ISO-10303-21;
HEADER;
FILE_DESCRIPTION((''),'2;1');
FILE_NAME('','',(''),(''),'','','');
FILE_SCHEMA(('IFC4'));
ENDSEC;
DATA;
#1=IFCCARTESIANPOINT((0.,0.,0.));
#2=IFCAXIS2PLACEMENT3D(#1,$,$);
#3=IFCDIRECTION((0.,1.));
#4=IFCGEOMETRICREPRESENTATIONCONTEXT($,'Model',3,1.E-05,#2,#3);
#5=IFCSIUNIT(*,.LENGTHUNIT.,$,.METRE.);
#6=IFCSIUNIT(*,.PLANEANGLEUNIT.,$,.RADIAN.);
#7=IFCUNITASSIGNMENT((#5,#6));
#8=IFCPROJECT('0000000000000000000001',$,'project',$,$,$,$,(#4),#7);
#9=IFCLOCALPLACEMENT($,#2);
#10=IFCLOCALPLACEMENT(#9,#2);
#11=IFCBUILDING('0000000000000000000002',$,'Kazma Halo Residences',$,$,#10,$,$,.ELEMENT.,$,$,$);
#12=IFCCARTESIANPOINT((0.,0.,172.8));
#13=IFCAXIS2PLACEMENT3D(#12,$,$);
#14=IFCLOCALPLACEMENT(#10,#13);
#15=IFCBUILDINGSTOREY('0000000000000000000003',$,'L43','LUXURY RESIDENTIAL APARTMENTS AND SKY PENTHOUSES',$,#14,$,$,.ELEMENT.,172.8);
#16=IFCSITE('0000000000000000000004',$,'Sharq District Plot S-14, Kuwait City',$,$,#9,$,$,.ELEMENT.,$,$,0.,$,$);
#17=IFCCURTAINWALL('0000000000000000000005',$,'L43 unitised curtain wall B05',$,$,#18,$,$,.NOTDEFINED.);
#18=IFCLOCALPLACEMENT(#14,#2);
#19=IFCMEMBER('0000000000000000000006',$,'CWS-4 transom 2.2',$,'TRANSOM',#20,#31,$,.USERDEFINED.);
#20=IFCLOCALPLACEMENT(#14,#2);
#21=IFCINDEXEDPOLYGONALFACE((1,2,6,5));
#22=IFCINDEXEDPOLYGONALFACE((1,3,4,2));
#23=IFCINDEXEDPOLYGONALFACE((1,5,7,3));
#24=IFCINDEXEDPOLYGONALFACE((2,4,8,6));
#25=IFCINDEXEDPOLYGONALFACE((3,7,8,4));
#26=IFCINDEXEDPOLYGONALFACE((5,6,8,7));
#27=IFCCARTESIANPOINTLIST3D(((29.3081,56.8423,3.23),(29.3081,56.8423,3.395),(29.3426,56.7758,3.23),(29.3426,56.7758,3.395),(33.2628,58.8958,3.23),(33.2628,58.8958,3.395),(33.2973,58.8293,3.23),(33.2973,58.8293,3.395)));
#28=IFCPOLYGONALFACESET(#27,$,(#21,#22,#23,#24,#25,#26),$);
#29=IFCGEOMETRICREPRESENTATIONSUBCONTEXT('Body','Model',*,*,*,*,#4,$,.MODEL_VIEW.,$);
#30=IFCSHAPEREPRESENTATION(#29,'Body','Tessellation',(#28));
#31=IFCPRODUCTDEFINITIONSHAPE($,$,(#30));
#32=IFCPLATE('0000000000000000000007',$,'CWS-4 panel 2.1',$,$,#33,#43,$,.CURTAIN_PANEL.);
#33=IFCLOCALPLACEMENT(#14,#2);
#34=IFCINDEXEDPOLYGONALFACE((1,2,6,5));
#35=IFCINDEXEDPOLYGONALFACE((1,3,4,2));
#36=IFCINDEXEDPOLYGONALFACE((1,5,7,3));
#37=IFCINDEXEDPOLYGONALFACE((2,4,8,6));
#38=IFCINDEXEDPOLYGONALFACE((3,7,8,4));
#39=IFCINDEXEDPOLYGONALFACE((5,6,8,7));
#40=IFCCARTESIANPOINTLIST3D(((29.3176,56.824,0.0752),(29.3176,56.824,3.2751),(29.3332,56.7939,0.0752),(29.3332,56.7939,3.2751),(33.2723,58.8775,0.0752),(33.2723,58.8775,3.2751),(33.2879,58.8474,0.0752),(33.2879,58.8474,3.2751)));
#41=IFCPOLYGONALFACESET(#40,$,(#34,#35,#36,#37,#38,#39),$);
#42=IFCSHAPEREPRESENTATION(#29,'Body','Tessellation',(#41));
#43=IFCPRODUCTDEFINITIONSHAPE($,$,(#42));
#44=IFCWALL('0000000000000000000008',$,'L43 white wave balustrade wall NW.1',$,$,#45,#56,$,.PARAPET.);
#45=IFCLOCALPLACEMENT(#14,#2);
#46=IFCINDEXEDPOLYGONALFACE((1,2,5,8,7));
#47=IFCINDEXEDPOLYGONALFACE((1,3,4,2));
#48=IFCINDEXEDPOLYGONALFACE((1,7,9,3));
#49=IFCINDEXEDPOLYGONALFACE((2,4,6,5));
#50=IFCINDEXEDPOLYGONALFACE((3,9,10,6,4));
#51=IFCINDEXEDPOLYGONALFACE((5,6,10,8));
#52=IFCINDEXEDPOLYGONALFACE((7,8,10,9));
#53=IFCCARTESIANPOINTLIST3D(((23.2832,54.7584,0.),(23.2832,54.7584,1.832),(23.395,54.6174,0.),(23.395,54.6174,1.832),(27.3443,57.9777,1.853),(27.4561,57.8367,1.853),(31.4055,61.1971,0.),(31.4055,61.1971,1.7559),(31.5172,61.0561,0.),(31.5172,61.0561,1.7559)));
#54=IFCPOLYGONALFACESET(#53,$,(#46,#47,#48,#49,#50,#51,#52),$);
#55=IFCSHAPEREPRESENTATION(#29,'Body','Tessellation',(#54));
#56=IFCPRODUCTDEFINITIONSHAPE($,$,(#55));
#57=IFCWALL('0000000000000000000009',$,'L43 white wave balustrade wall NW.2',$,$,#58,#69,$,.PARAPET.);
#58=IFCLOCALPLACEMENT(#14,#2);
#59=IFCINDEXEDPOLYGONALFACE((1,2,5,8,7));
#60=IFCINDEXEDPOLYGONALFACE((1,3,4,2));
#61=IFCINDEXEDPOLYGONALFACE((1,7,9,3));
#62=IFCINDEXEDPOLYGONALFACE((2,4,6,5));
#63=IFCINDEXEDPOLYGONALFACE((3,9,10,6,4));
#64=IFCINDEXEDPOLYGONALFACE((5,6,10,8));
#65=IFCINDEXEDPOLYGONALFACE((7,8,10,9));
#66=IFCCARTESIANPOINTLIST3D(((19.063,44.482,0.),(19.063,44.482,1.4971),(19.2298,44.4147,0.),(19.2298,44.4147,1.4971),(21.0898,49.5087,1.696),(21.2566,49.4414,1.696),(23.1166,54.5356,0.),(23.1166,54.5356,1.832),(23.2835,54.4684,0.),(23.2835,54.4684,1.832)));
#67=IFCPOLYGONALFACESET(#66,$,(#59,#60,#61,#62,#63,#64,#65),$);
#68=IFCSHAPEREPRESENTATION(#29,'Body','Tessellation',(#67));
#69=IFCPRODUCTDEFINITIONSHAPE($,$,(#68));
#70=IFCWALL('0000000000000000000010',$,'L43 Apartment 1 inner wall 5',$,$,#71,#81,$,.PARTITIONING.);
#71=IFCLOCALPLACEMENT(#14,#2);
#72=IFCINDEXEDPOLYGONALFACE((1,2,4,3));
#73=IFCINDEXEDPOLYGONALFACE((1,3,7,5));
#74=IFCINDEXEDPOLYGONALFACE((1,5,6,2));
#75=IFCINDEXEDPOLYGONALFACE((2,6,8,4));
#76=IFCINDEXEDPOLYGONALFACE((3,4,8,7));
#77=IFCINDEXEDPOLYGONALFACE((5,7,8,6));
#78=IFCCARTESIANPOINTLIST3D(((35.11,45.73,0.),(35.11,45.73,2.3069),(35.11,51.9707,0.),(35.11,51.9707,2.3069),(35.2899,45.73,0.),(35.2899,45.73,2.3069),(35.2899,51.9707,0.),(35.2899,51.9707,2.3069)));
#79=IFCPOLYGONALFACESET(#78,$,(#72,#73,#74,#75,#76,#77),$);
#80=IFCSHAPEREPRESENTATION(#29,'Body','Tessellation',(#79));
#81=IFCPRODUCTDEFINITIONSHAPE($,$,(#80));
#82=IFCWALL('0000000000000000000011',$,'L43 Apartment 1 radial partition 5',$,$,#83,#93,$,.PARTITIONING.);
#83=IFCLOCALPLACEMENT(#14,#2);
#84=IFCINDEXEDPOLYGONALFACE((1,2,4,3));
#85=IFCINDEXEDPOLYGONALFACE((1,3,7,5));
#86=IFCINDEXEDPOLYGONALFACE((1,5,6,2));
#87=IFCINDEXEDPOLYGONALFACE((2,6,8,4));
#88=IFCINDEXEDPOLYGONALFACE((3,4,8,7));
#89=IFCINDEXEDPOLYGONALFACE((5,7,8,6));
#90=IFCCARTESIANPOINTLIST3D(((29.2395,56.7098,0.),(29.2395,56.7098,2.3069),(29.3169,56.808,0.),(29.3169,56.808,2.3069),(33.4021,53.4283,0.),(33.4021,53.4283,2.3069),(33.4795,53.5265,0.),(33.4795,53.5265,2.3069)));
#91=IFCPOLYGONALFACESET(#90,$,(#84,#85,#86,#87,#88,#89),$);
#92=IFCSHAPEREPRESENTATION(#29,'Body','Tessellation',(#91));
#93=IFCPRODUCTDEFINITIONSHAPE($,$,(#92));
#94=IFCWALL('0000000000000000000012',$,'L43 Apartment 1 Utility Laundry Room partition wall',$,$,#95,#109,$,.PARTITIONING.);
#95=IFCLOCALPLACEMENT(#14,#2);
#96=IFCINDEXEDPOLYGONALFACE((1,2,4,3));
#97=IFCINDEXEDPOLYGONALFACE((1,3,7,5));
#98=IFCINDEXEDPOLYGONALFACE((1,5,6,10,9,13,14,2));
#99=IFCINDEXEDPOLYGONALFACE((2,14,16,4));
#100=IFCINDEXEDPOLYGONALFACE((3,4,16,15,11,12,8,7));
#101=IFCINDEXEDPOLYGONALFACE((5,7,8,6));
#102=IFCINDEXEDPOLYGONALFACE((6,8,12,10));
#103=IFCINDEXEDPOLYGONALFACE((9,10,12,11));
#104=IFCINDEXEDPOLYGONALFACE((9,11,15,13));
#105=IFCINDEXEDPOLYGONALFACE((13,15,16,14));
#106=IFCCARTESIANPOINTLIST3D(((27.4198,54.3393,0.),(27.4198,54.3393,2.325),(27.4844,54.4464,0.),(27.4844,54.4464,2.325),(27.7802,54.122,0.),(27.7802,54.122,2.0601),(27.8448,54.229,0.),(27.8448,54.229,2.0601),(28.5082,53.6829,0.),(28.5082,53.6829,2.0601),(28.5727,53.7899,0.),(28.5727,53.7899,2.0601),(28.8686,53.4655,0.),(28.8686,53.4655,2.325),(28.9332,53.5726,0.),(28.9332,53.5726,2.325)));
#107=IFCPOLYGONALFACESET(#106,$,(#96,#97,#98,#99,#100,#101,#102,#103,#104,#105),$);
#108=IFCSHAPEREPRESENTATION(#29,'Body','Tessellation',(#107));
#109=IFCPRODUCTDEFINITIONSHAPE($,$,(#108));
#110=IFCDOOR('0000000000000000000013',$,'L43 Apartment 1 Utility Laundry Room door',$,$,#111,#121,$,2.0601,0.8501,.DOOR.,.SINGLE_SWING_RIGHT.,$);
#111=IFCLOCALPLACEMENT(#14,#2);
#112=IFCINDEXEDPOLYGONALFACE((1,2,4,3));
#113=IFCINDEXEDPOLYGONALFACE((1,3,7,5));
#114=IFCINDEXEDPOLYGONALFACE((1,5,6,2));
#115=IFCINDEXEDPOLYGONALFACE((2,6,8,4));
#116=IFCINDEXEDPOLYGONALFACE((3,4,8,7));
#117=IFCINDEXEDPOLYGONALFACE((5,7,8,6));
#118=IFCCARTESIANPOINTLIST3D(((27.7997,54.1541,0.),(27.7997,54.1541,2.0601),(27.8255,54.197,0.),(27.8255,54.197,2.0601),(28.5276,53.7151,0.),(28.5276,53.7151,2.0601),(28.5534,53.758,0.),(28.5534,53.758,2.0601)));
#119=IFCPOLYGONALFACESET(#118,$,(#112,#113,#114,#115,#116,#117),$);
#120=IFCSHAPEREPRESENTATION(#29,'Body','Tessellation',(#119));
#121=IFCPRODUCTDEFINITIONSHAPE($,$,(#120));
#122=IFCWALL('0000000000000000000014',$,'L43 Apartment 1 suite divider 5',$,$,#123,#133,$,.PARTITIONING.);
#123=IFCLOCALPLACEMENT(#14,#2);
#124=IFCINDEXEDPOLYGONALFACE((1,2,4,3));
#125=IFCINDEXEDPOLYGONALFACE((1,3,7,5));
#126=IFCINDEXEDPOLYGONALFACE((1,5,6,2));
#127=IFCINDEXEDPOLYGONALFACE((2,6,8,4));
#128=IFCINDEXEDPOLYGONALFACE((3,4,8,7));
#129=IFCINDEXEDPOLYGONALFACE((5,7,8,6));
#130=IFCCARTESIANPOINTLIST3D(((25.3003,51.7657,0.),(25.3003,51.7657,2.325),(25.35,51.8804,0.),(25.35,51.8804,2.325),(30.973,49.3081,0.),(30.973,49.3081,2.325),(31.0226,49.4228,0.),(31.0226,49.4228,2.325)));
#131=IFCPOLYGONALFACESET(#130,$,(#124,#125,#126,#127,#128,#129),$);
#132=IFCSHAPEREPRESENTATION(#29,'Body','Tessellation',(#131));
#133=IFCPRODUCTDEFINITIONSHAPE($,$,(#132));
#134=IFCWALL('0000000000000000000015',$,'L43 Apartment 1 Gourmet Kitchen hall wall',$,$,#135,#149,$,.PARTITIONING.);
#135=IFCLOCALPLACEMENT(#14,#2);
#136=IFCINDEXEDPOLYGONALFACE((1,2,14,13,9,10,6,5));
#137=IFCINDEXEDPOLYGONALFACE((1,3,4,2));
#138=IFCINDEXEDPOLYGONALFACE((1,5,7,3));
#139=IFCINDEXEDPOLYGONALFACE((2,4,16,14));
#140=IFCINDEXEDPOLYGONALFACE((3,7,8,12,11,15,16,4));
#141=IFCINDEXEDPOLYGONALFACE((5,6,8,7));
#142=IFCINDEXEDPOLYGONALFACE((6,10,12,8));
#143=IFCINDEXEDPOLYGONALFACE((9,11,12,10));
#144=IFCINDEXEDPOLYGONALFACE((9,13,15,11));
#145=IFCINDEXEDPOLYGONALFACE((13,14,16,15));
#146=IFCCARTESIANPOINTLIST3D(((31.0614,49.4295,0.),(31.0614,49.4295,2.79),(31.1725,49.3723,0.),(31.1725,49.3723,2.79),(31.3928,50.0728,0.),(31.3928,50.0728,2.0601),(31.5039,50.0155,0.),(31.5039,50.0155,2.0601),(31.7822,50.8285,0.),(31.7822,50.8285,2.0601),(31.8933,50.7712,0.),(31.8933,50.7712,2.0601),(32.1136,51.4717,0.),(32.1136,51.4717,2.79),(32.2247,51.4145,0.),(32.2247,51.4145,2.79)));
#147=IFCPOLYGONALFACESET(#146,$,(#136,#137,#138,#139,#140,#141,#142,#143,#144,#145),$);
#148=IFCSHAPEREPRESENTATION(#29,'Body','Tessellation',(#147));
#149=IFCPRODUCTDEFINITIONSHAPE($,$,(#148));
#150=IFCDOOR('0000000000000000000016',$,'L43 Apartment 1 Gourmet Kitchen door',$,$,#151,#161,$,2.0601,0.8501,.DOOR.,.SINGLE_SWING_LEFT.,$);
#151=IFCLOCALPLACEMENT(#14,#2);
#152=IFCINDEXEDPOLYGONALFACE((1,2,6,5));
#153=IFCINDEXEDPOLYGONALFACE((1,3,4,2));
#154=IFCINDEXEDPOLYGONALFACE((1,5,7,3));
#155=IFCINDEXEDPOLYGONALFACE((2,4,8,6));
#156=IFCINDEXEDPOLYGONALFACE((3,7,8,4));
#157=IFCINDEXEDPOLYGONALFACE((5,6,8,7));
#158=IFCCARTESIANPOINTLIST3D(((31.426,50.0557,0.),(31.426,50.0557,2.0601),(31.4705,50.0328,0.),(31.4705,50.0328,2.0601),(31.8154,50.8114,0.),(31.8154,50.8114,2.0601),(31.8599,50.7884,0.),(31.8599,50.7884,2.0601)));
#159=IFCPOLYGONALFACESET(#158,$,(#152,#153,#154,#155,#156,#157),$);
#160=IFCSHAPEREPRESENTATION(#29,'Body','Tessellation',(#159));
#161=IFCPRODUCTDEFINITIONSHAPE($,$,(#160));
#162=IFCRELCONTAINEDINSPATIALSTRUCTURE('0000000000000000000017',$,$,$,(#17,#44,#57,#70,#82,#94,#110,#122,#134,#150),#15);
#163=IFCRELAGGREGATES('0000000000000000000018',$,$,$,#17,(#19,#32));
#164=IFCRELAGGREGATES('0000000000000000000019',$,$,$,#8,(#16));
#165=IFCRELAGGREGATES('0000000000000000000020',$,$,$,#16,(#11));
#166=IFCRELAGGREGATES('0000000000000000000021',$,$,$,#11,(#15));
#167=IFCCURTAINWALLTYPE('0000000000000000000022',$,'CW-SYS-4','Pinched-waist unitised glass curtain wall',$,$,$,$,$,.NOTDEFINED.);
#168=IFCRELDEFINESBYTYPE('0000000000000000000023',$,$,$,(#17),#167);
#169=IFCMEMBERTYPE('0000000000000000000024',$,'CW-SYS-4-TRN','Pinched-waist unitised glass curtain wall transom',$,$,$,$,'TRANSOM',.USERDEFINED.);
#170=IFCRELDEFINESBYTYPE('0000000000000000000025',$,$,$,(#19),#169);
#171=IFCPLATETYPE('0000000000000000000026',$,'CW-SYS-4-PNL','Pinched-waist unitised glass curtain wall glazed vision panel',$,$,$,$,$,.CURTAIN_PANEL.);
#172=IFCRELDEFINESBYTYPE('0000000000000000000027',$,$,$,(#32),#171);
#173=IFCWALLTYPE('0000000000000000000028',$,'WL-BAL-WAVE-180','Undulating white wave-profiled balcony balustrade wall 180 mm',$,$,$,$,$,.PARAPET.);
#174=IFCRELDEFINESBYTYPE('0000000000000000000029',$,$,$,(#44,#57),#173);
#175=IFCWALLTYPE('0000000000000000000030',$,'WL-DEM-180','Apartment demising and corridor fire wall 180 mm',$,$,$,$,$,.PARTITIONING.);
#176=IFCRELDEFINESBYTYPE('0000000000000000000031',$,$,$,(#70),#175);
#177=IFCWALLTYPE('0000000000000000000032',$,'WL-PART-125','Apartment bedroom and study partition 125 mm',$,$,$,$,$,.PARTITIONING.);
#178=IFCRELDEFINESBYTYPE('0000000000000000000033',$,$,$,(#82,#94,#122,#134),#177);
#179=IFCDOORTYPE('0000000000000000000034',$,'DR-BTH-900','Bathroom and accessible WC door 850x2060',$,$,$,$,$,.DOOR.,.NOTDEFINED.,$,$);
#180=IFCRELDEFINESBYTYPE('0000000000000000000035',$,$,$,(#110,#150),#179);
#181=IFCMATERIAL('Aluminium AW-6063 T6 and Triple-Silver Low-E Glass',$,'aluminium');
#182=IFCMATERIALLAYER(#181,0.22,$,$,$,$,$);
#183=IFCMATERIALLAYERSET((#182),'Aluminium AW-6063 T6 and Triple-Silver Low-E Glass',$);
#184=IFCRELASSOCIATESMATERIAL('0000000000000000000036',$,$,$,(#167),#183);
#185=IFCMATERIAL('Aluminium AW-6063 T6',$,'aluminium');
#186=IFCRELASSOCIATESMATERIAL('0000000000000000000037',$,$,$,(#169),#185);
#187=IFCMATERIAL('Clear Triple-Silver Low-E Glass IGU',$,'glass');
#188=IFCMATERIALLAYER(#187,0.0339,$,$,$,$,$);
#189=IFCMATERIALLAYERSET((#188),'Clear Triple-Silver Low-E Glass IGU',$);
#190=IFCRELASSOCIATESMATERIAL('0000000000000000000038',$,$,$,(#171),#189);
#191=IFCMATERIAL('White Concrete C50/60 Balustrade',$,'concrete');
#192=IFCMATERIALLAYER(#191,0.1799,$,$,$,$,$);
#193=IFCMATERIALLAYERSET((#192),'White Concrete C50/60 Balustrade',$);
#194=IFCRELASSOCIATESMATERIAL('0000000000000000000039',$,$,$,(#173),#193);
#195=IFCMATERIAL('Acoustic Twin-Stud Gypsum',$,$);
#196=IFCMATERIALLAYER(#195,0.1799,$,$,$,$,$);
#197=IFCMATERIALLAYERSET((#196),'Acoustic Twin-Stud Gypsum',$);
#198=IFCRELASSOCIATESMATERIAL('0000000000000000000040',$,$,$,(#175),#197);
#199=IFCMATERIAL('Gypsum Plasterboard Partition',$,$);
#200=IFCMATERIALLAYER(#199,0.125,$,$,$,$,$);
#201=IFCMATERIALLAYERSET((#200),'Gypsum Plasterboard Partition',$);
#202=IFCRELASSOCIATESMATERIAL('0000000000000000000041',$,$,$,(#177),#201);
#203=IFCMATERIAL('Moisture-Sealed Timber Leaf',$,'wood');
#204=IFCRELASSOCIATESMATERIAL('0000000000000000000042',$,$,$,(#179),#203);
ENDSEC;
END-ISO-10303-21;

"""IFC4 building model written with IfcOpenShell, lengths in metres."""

from ifc_helpers import new_model, si_unit, direction, frame, frame_2d, origin, origin_2d, place, context, subcontext, project, spatial, polyline, rectangle, outline, extrude, material, layer, layer_set, material_profile, profile_set, type_object, element, fill, aggregate, save


model = new_model("IFC4")

# Units and contexts
model_context = context("Model", 3, precision=1e-05, world=origin(), true_north=direction((0.0, 1.0)))
body_context = subcontext(model_context, "Body", "Model", "MODEL_VIEW")
ifc_project = project(units=[si_unit("LENGTHUNIT", "METRE"), si_unit("PLANEANGLEUNIT", "RADIAN")], contexts=[model_context])

# Site, building, storey
site_placement = place(None, origin())
site = spatial("IfcSite", under=ifc_project, at=site_placement, Name="Sharq District Plot S-14, Kuwait City", CompositionType="ELEMENT", RefElevation=0.0)
building_placement = place(site_placement, origin())
building = spatial("IfcBuilding", under=site, at=building_placement, Name="Kazma Halo Residences", CompositionType="ELEMENT")
storey_placement = place(building_placement, frame((0.0, 0.0, 172.8)))
storey = spatial("IfcBuildingStorey", under=building, at=storey_placement, Name="L43", Description="LUXURY RESIDENTIAL APARTMENTS AND SKY PENTHOUSES", CompositionType="ELEMENT", Elevation=172.8)

# Curtain wall, member, plate
ifc_material_1 = material(Name="Aluminium AW-6063 T6 and Triple-Silver Low-E Glass", Category="aluminium")
ifc_layer_1 = layer(ifc_material_1, 0.22)
ifc_layer_set_1 = layer_set([ifc_layer_1], Name="Aluminium AW-6063 T6 and Triple-Silver Low-E Glass")
curtain_wall_type = type_object("IfcCurtainWallType", Name="CW-SYS-4", Description="Pinched-waist unitised glass curtain wall", PredefinedType="NOTDEFINED", material=ifc_layer_set_1)
curtain_wall_placement = place(storey_placement, origin())
curtain_wall = element("IfcCurtainWall", 1, at=curtain_wall_placement, inside=storey, type_object=curtain_wall_type, Name="L43 unitised curtain wall B05", PredefinedType="NOTDEFINED")
ifc_material_2 = material(Name="Aluminium AW-6063 T6", Category="aluminium")
ifc_material_profile_1 = material_profile(ifc_material_2, rectangle(XDim=0.075, YDim=0.165, at=origin_2d()), Name="CWT-75x165")
ifc_profile_set_1 = profile_set([ifc_material_profile_1], Name="Aluminium AW-6063 T6")
member_type_1 = type_object("IfcMemberType", Name="CW-SYS-4-TRN", Description="Pinched-waist unitised glass curtain wall transom", ElementType="TRANSOM", PredefinedType="USERDEFINED", material=ifc_profile_set_1)
member_1_placement = place(storey_placement, frame((33.28, 58.8625, 3.3125), z_axis=(-0.887485, -0.460837, 0.0), x_axis=(0.460837, -0.887485, 0.0)))
member_1 = element("IfcMember", 2, at=member_1_placement, type_object=member_type_1, Name="CWS-4 transom 2.2", ObjectType="TRANSOM", PredefinedType="USERDEFINED", context=body_context, shape_type="SweptSolid", body=[
    extrude(rectangle(XDim=0.075, YDim=0.165, at=origin_2d()), origin(), (0.0, 0.0, 1.0), 4.4561),
])
ifc_material_3 = material(Name="Clear Triple-Silver Low-E Glass IGU", Category="glass")
ifc_layer_2 = layer(ifc_material_3, 0.0339)
ifc_layer_set_2 = layer_set([ifc_layer_2], Name="Clear Triple-Silver Low-E Glass IGU")
plate_type = type_object("IfcPlateType", Name="CW-SYS-4-PNL", Description="Pinched-waist unitised glass curtain wall glazed vision panel", PredefinedType="CURTAIN_PANEL", material=ifc_layer_set_2)
plate_placement = place(storey_placement, frame((31.3027, 57.8357, 0.0752), z_axis=(0.0, 0.0, 1.0), x_axis=(-0.887485, -0.460837, 0.0)))
plate = element("IfcPlate", 3, at=plate_placement, type_object=plate_type, Name="CWS-4 panel 2.1", PredefinedType="CURTAIN_PANEL", context=body_context, shape_type="SweptSolid", body=[
    extrude(rectangle(XDim=4.4561, YDim=0.0339, at=origin_2d()), origin(), (0.0, 0.0, 1.0), 3.2),
])
aggregate(curtain_wall, [member_1, plate])

# Walls
ifc_material_4 = material(Name="White Concrete C50/60 Balustrade", Category="concrete")
ifc_layer_3 = layer(ifc_material_4, 0.1799)
ifc_layer_set_3 = layer_set([ifc_layer_3], Name="White Concrete C50/60 Balustrade")
wall_type_1 = type_object("IfcWallType", Name="WL-BAL-WAVE-180", Description="Undulating white wave-profiled balcony balustrade wall 180 mm", PredefinedType="PARAPET", material=ifc_layer_set_3)
wall_1_placement = place(storey_placement, frame((31.4614, 61.1265, 0.0), z_axis=(0.0, 0.0, 1.0), x_axis=(-0.783644, -0.62121, 0.0)))
element("IfcWall", 4, at=wall_1_placement, inside=storey, type_object=wall_type_1, Name="L43 white wave balustrade wall NW.1", PredefinedType="PARAPET", context=body_context, shape_type="SweptSolid", body=[
    extrude(outline(polyline([(0.0, 0.0), (10.3647, 0.0), (10.3647, 1.832), (5.1824, 1.853), (0.0, 1.7559), (0.0, 0.0)])), frame((0.0, 0.0898, 0.0), z_axis=(0.0, -1.0, 0.0), x_axis=(1.0, 0.0, 0.0)), (0.0, 0.0, 1.0), 0.1799),
])
wall_2_placement = place(storey_placement, frame((23.2002, 54.502, 0.0), z_axis=(0.0, 0.0, 1.0), x_axis=(-0.373952, -0.927448, 0.0)))
element("IfcWall", 5, at=wall_2_placement, inside=storey, type_object=wall_type_1, Name="L43 white wave balustrade wall NW.2", PredefinedType="PARAPET", context=body_context, shape_type="SweptSolid", body=[
    extrude(outline(polyline([(0.0, 0.0), (10.8401, 0.0), (10.8401, 1.4971), (5.4202, 1.696), (0.0, 1.832), (0.0, 0.0)])), frame((0.0, 0.0898, 0.0), z_axis=(0.0, -1.0, 0.0), x_axis=(1.0, 0.0, 0.0)), (0.0, 0.0, 1.0), 0.1799),
])
ifc_material_5 = material(Name="Acoustic Twin-Stud Gypsum")
ifc_layer_4 = layer(ifc_material_5, 0.1799)
ifc_layer_set_4 = layer_set([ifc_layer_4], Name="Acoustic Twin-Stud Gypsum")
wall_type_2 = type_object("IfcWallType", Name="WL-DEM-180", Description="Apartment demising and corridor fire wall 180 mm", PredefinedType="PARTITIONING", material=ifc_layer_set_4)
wall_3_placement = place(storey_placement, frame((35.2, 51.9707, 0.0), z_axis=(0.0, 0.0, 1.0), x_axis=(0.0, -1.0, 0.0)))
element("IfcWall", 6, at=wall_3_placement, inside=storey, type_object=wall_type_2, Name="L43 Apartment 1 inner wall 5", PredefinedType="PARTITIONING", context=body_context, shape_type="SweptSolid", body=[
    extrude(rectangle(XDim=6.2407, YDim=0.1799, at=frame_2d((3.1204, 0.0))), origin(), (0.0, 0.0, 1.0), 2.3069),
])

# Wall
ifc_material_6 = material(Name="Gypsum Plasterboard Partition")
ifc_layer_5 = layer(ifc_material_6, 0.125)
ifc_layer_set_5 = layer_set([ifc_layer_5], Name="Gypsum Plasterboard Partition")
wall_type_3 = type_object("IfcWallType", Name="WL-PART-125", Description="Apartment bedroom and study partition 125 mm", PredefinedType="PARTITIONING", material=ifc_layer_set_5)
wall_4_placement = place(storey_placement, frame((33.4409, 53.4773, 0.0), z_axis=(0.0, 0.0, 1.0), x_axis=(-0.78532, 0.61909, 0.0)))
element("IfcWall", 7, at=wall_4_placement, inside=storey, type_object=wall_type_3, Name="L43 Apartment 1 radial partition 5", PredefinedType="PARTITIONING", context=body_context, shape_type="SweptSolid", body=[
    extrude(rectangle(XDim=5.3005, YDim=0.125, at=frame_2d((2.6504, 0.0))), origin(), (0.0, 0.0, 1.0), 2.3069),
])

# Wall, opening, door
wall_5_placement = place(storey_placement, frame((28.9009, 53.519, 0.0), z_axis=(0.0, 0.0, 1.0), x_axis=(-0.856307, 0.516468, 0.0)))
wall_5 = element("IfcWall", 8, at=wall_5_placement, inside=storey, type_object=wall_type_3, Name="L43 Apartment 1 Utility Laundry Room partition wall", PredefinedType="PARTITIONING", context=body_context, shape_type="SweptSolid", body=[
    extrude(rectangle(XDim=1.6919, YDim=0.125, at=frame_2d((0.8459, 0.0))), origin(), (0.0, 0.0, 1.0), 2.325),
])
opening_1_placement = place(wall_5_placement, frame((0.4209, 0.0, 0.0)))
opening_1 = element("IfcOpeningElement", 9, at=opening_1_placement, cuts=wall_5, PredefinedType="OPENING", context=body_context, shape_type="SweptSolid", body=[
    extrude(rectangle(XDim=0.8501, YDim=2.0601, at=frame_2d((0.425, 1.03))), frame((0.0, 0.0725, 0.0), z_axis=(0.0, -1.0, 0.0), x_axis=(1.0, 0.0, 0.0)), (0.0, 0.0, 1.0), 0.145),
])
ifc_material_7 = material(Name="Moisture-Sealed Timber Leaf", Category="wood")
door_type_1 = type_object("IfcDoorType", Name="DR-BTH-900", Description="Bathroom and accessible WC door 850x2060", OperationType="NOTDEFINED", PredefinedType="DOOR", material=ifc_material_7)
door_1_placement = place(opening_1_placement, origin())
door_1 = element("IfcDoor", 10, at=door_1_placement, inside=storey, type_object=door_type_1, Name="L43 Apartment 1 Utility Laundry Room door", OperationType="SINGLE_SWING_RIGHT", OverallHeight=2.0601, OverallWidth=0.8501, PredefinedType="DOOR", context=body_context, shape_type="SweptSolid", body=[
    extrude(rectangle(XDim=0.8501, YDim=2.0601, at=frame_2d((0.425, 1.03))), frame((0.0, 0.0249, 0.0), z_axis=(0.0, -1.0, 0.0), x_axis=(1.0, 0.0, 0.0)), (0.0, 0.0, 1.0), 0.05),
])
fill(opening_1, door_1)

# Wall
wall_6_placement = place(storey_placement, frame((30.9978, 49.3655, 0.0), z_axis=(0.0, 0.0, 1.0), x_axis=(-0.917592, 0.397524, 0.0)))
element("IfcWall", 11, at=wall_6_placement, inside=storey, type_object=wall_type_3, Name="L43 Apartment 1 suite divider 5", PredefinedType="PARTITIONING", context=body_context, shape_type="SweptSolid", body=[
    extrude(rectangle(XDim=6.1821, YDim=0.125, at=frame_2d((3.0911, 0.0))), origin(), (0.0, 0.0, 1.0), 2.325),
])

# Wall, opening, door
wall_7_placement = place(storey_placement, frame((32.1692, 51.4431, 0.0), z_axis=(0.0, 0.0, 1.0), x_axis=(-0.45802, -0.888942, 0.0)))
wall_7 = element("IfcWall", 12, at=wall_7_placement, inside=storey, type_object=wall_type_3, Name="L43 Apartment 1 Gourmet Kitchen hall wall", PredefinedType="PARTITIONING", context=body_context, shape_type="SweptSolid", body=[
    extrude(rectangle(XDim=2.2974, YDim=0.125, at=frame_2d((1.1487, 0.0))), origin(), (0.0, 0.0, 1.0), 2.79),
])
opening_2_placement = place(wall_7_placement, frame((0.7236, 0.0, 0.0)))
opening_2 = element("IfcOpeningElement", 13, at=opening_2_placement, cuts=wall_7, PredefinedType="OPENING", context=body_context, shape_type="SweptSolid", body=[
    extrude(rectangle(XDim=0.8501, YDim=2.0601, at=frame_2d((0.425, 1.03))), frame((0.0, 0.0725, 0.0), z_axis=(0.0, -1.0, 0.0), x_axis=(1.0, 0.0, 0.0)), (0.0, 0.0, 1.0), 0.145),
])
door_2_placement = place(opening_2_placement, origin())
door_2 = element("IfcDoor", 14, at=door_2_placement, inside=storey, type_object=door_type_1, Name="L43 Apartment 1 Gourmet Kitchen door", OperationType="SINGLE_SWING_LEFT", OverallHeight=2.0601, OverallWidth=0.8501, PredefinedType="DOOR", context=body_context, shape_type="SweptSolid", body=[
    extrude(rectangle(XDim=0.8501, YDim=2.0601, at=frame_2d((0.425, 1.03))), frame((0.0, 0.0249, 0.0), z_axis=(0.0, -1.0, 0.0), x_axis=(1.0, 0.0, 0.0)), (0.0, 0.0, 1.0), 0.05),
])
fill(opening_2, door_2)

save(model, "model.ifc")
